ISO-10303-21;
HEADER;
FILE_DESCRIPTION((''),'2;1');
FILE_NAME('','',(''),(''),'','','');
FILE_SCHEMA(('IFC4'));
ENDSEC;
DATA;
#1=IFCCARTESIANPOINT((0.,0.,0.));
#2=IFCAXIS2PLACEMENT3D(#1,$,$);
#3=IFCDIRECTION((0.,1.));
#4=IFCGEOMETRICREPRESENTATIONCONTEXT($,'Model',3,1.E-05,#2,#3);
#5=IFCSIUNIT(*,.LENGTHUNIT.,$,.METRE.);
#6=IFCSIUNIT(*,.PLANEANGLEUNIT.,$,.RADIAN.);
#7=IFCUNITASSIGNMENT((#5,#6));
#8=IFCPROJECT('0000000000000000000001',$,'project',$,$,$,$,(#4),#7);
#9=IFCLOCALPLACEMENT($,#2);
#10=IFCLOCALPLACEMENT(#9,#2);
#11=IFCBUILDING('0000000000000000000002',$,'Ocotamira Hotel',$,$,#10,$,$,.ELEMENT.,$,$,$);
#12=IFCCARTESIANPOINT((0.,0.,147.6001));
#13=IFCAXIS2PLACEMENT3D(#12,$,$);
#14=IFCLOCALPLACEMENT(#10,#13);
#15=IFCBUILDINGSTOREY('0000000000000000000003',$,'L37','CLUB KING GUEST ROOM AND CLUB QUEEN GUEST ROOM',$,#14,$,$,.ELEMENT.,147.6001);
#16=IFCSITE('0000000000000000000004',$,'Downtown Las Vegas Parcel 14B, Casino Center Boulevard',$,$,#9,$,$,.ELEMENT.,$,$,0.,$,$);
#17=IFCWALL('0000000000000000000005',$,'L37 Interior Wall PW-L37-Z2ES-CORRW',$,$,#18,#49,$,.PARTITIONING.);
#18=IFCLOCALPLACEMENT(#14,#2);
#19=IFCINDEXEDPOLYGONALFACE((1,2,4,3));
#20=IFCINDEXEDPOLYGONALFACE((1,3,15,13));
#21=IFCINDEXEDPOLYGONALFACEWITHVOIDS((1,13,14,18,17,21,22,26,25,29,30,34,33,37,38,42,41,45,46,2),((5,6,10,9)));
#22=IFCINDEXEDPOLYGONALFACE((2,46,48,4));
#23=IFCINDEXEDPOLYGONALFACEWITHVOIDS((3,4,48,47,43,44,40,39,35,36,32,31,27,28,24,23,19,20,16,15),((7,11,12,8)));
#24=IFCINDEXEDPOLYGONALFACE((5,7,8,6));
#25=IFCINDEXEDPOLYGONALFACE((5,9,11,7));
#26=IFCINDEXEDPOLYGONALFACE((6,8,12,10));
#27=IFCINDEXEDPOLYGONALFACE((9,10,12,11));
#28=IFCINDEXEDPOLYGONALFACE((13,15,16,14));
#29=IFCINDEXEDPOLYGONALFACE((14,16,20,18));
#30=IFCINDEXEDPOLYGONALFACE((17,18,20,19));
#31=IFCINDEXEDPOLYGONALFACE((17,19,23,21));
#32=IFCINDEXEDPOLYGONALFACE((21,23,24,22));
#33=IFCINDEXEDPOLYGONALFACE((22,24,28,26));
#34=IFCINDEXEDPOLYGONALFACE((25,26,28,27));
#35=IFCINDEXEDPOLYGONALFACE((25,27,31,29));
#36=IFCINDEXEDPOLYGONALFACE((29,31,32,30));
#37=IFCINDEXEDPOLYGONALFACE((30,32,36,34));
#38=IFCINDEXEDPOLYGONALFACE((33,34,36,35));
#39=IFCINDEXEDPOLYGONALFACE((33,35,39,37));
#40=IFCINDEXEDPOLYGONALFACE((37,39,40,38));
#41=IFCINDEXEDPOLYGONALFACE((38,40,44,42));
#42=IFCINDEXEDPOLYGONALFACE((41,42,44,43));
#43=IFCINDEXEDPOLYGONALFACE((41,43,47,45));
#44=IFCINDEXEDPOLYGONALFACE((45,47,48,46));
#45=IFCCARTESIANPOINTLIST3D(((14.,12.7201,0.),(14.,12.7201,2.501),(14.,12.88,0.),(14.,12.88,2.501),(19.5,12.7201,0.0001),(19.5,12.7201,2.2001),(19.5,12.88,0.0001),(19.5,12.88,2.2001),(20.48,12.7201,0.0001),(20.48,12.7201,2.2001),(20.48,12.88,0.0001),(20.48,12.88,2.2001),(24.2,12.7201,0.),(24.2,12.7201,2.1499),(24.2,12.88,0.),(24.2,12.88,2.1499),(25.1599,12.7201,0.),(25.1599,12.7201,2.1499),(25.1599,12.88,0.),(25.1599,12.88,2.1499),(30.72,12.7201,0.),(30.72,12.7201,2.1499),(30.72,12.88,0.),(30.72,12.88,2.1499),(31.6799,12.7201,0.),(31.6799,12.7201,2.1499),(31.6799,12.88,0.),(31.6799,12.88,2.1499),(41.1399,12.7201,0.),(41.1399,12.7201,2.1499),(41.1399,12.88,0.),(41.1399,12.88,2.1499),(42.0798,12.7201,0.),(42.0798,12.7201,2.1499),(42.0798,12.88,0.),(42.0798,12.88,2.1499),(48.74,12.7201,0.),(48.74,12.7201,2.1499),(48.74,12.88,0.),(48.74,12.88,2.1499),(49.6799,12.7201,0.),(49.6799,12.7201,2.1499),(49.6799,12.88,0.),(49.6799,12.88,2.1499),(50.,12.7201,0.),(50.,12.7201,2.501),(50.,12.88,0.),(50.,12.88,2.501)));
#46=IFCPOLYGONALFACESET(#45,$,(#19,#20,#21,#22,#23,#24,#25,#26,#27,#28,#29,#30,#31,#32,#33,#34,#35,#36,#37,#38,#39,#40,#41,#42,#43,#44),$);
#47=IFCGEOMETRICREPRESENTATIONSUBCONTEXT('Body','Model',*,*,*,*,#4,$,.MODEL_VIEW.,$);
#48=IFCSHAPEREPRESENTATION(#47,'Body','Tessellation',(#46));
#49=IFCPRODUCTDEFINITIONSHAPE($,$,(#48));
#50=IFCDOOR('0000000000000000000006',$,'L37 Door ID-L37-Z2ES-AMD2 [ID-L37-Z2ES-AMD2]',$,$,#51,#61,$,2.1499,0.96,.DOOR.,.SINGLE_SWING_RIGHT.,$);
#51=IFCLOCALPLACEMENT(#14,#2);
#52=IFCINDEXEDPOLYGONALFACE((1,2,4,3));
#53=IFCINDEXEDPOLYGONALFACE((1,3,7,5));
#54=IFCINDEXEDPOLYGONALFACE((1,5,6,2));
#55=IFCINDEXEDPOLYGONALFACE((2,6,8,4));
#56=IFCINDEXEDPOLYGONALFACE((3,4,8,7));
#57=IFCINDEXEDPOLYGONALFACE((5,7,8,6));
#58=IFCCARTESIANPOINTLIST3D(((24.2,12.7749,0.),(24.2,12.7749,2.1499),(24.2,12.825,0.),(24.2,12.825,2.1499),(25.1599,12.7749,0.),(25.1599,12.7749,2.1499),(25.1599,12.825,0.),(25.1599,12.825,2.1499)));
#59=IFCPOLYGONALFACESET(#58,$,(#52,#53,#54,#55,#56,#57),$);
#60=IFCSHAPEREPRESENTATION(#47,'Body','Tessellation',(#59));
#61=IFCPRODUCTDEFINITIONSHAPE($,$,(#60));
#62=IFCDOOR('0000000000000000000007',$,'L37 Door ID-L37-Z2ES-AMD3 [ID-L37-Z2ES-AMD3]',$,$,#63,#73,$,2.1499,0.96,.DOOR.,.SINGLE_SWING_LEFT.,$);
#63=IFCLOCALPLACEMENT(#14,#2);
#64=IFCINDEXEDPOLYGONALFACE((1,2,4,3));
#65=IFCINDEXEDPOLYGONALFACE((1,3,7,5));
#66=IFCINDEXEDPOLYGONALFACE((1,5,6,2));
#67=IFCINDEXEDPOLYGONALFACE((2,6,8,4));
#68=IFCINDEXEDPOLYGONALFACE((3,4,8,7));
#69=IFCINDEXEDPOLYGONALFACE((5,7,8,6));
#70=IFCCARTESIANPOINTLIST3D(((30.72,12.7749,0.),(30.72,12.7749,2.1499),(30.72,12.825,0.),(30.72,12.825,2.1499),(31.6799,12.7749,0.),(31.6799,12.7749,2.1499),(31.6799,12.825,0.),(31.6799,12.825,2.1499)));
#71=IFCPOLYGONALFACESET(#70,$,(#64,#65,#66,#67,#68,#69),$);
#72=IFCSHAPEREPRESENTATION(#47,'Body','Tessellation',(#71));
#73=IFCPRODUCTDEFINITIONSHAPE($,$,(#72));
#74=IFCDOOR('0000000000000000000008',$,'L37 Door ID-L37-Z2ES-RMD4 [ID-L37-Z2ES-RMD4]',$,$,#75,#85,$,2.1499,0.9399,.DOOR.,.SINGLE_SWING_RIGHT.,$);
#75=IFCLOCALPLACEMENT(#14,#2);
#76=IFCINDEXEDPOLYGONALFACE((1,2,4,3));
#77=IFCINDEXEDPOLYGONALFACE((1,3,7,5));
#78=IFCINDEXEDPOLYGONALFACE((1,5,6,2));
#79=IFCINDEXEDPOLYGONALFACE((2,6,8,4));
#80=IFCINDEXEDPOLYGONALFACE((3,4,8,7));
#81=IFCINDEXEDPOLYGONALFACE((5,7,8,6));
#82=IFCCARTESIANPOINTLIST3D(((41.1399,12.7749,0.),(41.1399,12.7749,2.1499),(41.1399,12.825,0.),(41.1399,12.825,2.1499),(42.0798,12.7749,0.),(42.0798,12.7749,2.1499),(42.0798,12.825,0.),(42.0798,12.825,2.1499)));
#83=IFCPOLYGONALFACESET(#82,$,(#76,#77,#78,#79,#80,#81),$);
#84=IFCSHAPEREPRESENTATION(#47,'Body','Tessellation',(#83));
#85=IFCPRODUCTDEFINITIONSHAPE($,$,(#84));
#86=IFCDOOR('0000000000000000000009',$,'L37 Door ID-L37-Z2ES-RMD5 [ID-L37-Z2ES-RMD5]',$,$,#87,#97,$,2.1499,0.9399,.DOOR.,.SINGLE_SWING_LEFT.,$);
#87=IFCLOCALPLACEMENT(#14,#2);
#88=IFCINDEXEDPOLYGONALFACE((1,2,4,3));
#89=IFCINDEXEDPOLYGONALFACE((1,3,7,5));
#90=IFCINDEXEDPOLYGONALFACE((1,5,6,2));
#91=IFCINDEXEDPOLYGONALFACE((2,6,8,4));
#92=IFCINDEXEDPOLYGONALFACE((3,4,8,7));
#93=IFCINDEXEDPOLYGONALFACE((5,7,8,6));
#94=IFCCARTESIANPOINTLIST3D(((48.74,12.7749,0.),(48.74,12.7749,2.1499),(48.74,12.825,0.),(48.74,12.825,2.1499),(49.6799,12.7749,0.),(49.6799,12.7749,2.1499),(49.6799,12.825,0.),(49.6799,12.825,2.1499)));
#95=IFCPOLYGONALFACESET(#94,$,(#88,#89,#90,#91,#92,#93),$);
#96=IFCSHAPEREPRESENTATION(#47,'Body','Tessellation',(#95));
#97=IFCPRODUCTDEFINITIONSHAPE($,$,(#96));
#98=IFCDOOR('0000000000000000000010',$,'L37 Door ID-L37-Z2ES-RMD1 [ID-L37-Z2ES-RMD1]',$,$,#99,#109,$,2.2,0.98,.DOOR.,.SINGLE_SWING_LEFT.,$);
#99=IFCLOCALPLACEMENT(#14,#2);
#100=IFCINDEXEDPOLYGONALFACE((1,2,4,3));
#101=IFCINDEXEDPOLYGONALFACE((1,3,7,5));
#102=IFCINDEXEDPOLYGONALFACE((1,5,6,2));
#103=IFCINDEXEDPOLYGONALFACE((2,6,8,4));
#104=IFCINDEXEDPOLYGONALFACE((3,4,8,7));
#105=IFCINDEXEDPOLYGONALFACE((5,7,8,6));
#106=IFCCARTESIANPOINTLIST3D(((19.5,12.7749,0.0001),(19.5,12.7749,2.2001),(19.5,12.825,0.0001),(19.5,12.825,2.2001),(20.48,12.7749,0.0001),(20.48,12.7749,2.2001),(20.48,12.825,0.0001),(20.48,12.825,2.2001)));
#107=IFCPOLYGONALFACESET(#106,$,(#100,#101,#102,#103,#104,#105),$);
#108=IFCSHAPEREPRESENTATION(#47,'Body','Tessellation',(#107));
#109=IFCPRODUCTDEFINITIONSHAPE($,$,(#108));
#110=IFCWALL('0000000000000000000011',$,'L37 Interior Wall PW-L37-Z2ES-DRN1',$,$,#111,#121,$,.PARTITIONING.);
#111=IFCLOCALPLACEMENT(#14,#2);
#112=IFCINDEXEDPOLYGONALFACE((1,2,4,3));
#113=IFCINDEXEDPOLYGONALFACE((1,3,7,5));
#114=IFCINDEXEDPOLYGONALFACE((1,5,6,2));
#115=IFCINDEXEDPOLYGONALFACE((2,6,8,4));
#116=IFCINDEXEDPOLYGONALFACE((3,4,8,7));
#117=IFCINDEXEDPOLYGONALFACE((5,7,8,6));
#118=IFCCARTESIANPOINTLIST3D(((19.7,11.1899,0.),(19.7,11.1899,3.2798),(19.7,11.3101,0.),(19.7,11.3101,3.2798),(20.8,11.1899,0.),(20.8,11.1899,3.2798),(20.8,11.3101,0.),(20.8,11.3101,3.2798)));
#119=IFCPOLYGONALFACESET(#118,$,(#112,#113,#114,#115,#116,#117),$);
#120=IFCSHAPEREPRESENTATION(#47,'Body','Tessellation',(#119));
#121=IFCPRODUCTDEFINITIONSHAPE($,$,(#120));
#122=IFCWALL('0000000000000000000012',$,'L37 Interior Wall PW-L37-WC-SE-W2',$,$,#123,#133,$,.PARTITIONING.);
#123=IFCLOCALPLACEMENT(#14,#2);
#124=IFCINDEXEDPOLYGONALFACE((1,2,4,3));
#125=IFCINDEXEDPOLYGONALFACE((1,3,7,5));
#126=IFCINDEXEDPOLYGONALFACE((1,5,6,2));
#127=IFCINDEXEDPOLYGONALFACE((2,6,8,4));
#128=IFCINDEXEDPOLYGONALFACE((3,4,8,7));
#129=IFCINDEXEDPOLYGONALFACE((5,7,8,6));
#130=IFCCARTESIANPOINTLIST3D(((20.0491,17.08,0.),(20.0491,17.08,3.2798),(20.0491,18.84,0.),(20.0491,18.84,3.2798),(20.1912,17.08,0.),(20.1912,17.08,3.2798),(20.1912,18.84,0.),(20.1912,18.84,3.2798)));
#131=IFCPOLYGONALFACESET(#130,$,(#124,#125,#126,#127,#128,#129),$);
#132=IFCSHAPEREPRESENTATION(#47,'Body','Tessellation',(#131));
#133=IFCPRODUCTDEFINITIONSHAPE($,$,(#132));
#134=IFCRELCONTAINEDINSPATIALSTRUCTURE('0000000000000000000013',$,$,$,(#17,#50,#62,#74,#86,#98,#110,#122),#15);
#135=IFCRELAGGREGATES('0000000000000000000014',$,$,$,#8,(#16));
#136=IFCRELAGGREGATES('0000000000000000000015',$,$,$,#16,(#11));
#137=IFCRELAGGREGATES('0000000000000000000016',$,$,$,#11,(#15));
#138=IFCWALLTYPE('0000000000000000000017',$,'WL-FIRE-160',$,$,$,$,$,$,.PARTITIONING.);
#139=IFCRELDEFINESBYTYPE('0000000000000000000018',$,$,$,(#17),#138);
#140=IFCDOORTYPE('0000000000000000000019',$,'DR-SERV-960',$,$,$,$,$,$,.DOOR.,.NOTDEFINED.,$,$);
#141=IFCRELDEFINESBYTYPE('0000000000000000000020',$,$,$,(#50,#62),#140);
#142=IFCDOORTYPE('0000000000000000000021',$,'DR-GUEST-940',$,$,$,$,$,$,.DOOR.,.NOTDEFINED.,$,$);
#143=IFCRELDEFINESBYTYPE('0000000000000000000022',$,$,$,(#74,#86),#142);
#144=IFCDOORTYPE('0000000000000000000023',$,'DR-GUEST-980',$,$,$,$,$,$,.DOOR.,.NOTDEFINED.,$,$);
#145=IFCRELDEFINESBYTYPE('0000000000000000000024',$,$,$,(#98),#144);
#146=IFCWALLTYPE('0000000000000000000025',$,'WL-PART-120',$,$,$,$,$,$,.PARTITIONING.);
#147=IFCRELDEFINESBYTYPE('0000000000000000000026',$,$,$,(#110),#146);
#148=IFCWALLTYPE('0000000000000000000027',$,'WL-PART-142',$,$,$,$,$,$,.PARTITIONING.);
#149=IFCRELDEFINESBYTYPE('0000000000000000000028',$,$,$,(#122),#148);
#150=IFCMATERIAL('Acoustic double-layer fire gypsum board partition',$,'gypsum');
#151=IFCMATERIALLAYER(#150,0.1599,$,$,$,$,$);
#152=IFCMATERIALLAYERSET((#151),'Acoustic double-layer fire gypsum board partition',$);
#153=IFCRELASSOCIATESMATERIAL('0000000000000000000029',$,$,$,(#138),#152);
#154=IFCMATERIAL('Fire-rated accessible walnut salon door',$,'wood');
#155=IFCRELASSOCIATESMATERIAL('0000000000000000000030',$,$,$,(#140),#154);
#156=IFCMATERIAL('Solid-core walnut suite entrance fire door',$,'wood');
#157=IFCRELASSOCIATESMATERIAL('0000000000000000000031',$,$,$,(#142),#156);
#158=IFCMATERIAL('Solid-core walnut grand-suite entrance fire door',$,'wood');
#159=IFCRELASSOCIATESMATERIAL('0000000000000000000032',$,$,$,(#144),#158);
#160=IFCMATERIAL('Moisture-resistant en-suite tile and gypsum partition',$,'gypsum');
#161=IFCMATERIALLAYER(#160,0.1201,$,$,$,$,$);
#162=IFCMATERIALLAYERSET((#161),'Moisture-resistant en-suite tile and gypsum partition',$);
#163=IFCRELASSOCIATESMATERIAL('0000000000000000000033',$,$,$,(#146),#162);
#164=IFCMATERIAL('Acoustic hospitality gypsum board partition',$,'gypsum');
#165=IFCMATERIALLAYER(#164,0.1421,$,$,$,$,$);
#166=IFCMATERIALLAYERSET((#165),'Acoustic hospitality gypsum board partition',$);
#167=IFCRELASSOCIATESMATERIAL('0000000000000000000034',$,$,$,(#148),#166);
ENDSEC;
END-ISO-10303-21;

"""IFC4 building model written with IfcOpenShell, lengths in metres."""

from ifc_helpers import new_model, si_unit, direction, frame, frame_2d, origin, place, context, subcontext, project, spatial, rectangle, extrude, source, transform, mapped, material, layer, layer_set, type_object, element, fill, save


model = new_model("IFC4")

# Units and contexts
model_context = context("Model", 3, precision=1e-05, world=origin(), true_north=direction((0.0, 1.0)))
body_context = subcontext(model_context, "Body", "Model", "MODEL_VIEW")
ifc_project = project(units=[si_unit("LENGTHUNIT", "METRE"), si_unit("PLANEANGLEUNIT", "RADIAN")], contexts=[model_context])

# Site, building, storey
site_placement = place(None, origin())
site = spatial("IfcSite", under=ifc_project, at=site_placement, Name="Downtown Las Vegas Parcel 14B, Casino Center Boulevard", CompositionType="ELEMENT", RefElevation=0.0)
building_placement = place(site_placement, origin())
building = spatial("IfcBuilding", under=site, at=building_placement, Name="Ocotamira Hotel", CompositionType="ELEMENT")
storey_placement = place(building_placement, frame((0.0, 0.0, 147.6001)))
storey = spatial("IfcBuildingStorey", under=building, at=storey_placement, Name="L37", Description="CLUB KING GUEST ROOM AND CLUB QUEEN GUEST ROOM", CompositionType="ELEMENT", Elevation=147.6001)

# Wall, openings, doors
ifc_material_1 = material(Name="Acoustic double-layer fire gypsum board partition", Category="gypsum")
ifc_layer_1 = layer(ifc_material_1, 0.1599)
ifc_layer_set_1 = layer_set([ifc_layer_1], Name="Acoustic double-layer fire gypsum board partition")
wall_type_1 = type_object("IfcWallType", Name="WL-FIRE-160", PredefinedType="PARTITIONING", material=ifc_layer_set_1)
wall_1_placement = place(storey_placement, frame((14.0, 12.8, 0.0), z_axis=(0.0, 0.0, 1.0), x_axis=(1.0, 0.0, 0.0)))
wall_1 = element("IfcWall", 1, at=wall_1_placement, inside=storey, type_object=wall_type_1, Name="L37 Interior Wall PW-L37-Z2ES-CORRW", PredefinedType="PARTITIONING", context=body_context, shape_type="SweptSolid", body=[
    extrude(rectangle(XDim=36.0, YDim=0.1599, at=frame_2d((18.0, 0.0))), origin(), (0.0, 0.0, 1.0), 2.501),
])
opening_1_placement = place(wall_1_placement, frame((5.5, 0.0, 0.0)))
opening_1 = element("IfcOpeningElement", 2, at=opening_1_placement, cuts=wall_1, PredefinedType="OPENING", context=body_context, shape_type="SweptSolid", body=[
    extrude(rectangle(XDim=0.98, YDim=2.2, at=frame_2d((0.49, 1.1001))), frame((0.0, 0.0898, 0.0), z_axis=(0.0, -1.0, 0.0), x_axis=(1.0, 0.0, 0.0)), (0.0, 0.0, 1.0), 0.1799),
])
opening_2_placement = place(wall_1_placement, frame((10.2, 0.0, 0.0)))
opening_2 = element("IfcOpeningElement", 3, at=opening_2_placement, cuts=wall_1, PredefinedType="OPENING", context=body_context, shape_type="SweptSolid", body=[
    extrude(rectangle(XDim=0.96, YDim=2.1499, at=frame_2d((0.48, 1.075))), frame((0.0, 0.0898, 0.0), z_axis=(0.0, -1.0, 0.0), x_axis=(1.0, 0.0, 0.0)), (0.0, 0.0, 1.0), 0.1799),
])
opening_3_placement = place(wall_1_placement, frame((16.72, 0.0, 0.0)))
opening_3 = element("IfcOpeningElement", 4, at=opening_3_placement, cuts=wall_1, PredefinedType="OPENING", context=body_context, shape_type="SweptSolid", body=[
    extrude(rectangle(XDim=0.96, YDim=2.1499, at=frame_2d((0.48, 1.075))), frame((0.0, 0.0898, 0.0), z_axis=(0.0, -1.0, 0.0), x_axis=(1.0, 0.0, 0.0)), (0.0, 0.0, 1.0), 0.1799),
])
opening_4_placement = place(wall_1_placement, frame((27.1399, 0.0, 0.0)))
opening_4 = element("IfcOpeningElement", 5, at=opening_4_placement, cuts=wall_1, PredefinedType="OPENING", context=body_context, shape_type="SweptSolid", body=[
    extrude(rectangle(XDim=0.9399, YDim=2.1499, at=frame_2d((0.47, 1.075))), frame((0.0, 0.0898, 0.0), z_axis=(0.0, -1.0, 0.0), x_axis=(1.0, 0.0, 0.0)), (0.0, 0.0, 1.0), 0.1799),
])
opening_5_placement = place(wall_1_placement, frame((34.74, 0.0, 0.0)))
opening_5 = element("IfcOpeningElement", 6, at=opening_5_placement, cuts=wall_1, PredefinedType="OPENING", context=body_context, shape_type="SweptSolid", body=[
    extrude(rectangle(XDim=0.9399, YDim=2.1499, at=frame_2d((0.47, 1.075))), frame((0.0, 0.0898, 0.0), z_axis=(0.0, -1.0, 0.0), x_axis=(1.0, 0.0, 0.0)), (0.0, 0.0, 1.0), 0.1799),
])
ifc_material_2 = material(Name="Fire-rated accessible walnut salon door", Category="wood")
door_type_1 = type_object("IfcDoorType", Name="DR-SERV-960", OperationType="NOTDEFINED", PredefinedType="DOOR", material=ifc_material_2)
shared_shape_1 = source(origin(), body_context, "Body", "SweptSolid", [
    extrude(rectangle(XDim=0.96, YDim=2.1499, at=frame_2d((0.48, 1.075))), frame((0.0, 0.0249, 0.0), z_axis=(0.0, -1.0, 0.0), x_axis=(1.0, 0.0, 0.0)), (0.0, 0.0, 1.0), 0.05),
])
door_1_placement = place(opening_2_placement, origin())
door_1 = element("IfcDoor", 7, at=door_1_placement, inside=storey, type_object=door_type_1, Name="L37 Door ID-L37-Z2ES-AMD2 [ID-L37-Z2ES-AMD2]", OperationType="SINGLE_SWING_RIGHT", OverallHeight=2.1499, OverallWidth=0.96, PredefinedType="DOOR", context=body_context, shape_type="MappedRepresentation", body=[
    mapped(shared_shape_1, transform((0.0, 0.0, 0.0), scale=1.0)),
])
fill(opening_2, door_1)
door_2_placement = place(opening_3_placement, origin())
door_2 = element("IfcDoor", 8, at=door_2_placement, inside=storey, type_object=door_type_1, Name="L37 Door ID-L37-Z2ES-AMD3 [ID-L37-Z2ES-AMD3]", OperationType="SINGLE_SWING_LEFT", OverallHeight=2.1499, OverallWidth=0.96, PredefinedType="DOOR", context=body_context, shape_type="MappedRepresentation", body=[
    mapped(shared_shape_1, transform((0.0, 0.0, 0.0), scale=1.0)),
])
fill(opening_3, door_2)
ifc_material_3 = material(Name="Solid-core walnut suite entrance fire door", Category="wood")
door_type_2 = type_object("IfcDoorType", Name="DR-GUEST-940", OperationType="NOTDEFINED", PredefinedType="DOOR", material=ifc_material_3)
shared_shape_2 = source(origin(), body_context, "Body", "SweptSolid", [
    extrude(rectangle(XDim=0.9399, YDim=2.1499, at=frame_2d((0.47, 1.075))), frame((0.0, 0.0249, 0.0), z_axis=(0.0, -1.0, 0.0), x_axis=(1.0, 0.0, 0.0)), (0.0, 0.0, 1.0), 0.05),
])
door_3_placement = place(opening_4_placement, origin())
door_3 = element("IfcDoor", 9, at=door_3_placement, inside=storey, type_object=door_type_2, Name="L37 Door ID-L37-Z2ES-RMD4 [ID-L37-Z2ES-RMD4]", OperationType="SINGLE_SWING_RIGHT", OverallHeight=2.1499, OverallWidth=0.9399, PredefinedType="DOOR", context=body_context, shape_type="MappedRepresentation", body=[
    mapped(shared_shape_2, transform((0.0, 0.0, 0.0), scale=1.0)),
])
fill(opening_4, door_3)
door_4_placement = place(opening_5_placement, origin())
door_4 = element("IfcDoor", 10, at=door_4_placement, inside=storey, type_object=door_type_2, Name="L37 Door ID-L37-Z2ES-RMD5 [ID-L37-Z2ES-RMD5]", OperationType="SINGLE_SWING_LEFT", OverallHeight=2.1499, OverallWidth=0.9399, PredefinedType="DOOR", context=body_context, shape_type="MappedRepresentation", body=[
    mapped(shared_shape_2, transform((0.0, 0.0, 0.0), scale=1.0)),
])
fill(opening_5, door_4)
ifc_material_4 = material(Name="Solid-core walnut grand-suite entrance fire door", Category="wood")
door_type_3 = type_object("IfcDoorType", Name="DR-GUEST-980", OperationType="NOTDEFINED", PredefinedType="DOOR", material=ifc_material_4)
shared_shape_3 = source(origin(), body_context, "Body", "SweptSolid", [
    extrude(rectangle(XDim=0.98, YDim=2.2, at=frame_2d((0.49, 1.1001))), frame((0.0, 0.0249, 0.0), z_axis=(0.0, -1.0, 0.0), x_axis=(1.0, 0.0, 0.0)), (0.0, 0.0, 1.0), 0.05),
])
door_5_placement = place(opening_1_placement, origin())
door_5 = element("IfcDoor", 11, at=door_5_placement, inside=storey, type_object=door_type_3, Name="L37 Door ID-L37-Z2ES-RMD1 [ID-L37-Z2ES-RMD1]", OperationType="SINGLE_SWING_LEFT", OverallHeight=2.2, OverallWidth=0.98, PredefinedType="DOOR", context=body_context, shape_type="MappedRepresentation", body=[
    mapped(shared_shape_3, transform((0.0, 0.0, 0.0), scale=1.0)),
])
fill(opening_1, door_5)

# Walls
ifc_material_5 = material(Name="Moisture-resistant en-suite tile and gypsum partition", Category="gypsum")
ifc_layer_2 = layer(ifc_material_5, 0.1201)
ifc_layer_set_2 = layer_set([ifc_layer_2], Name="Moisture-resistant en-suite tile and gypsum partition")
wall_type_2 = type_object("IfcWallType", Name="WL-PART-120", PredefinedType="PARTITIONING", material=ifc_layer_set_2)
wall_2_placement = place(storey_placement, frame((19.7, 11.25, 0.0), z_axis=(0.0, 0.0, 1.0), x_axis=(1.0, 0.0, 0.0)))
element("IfcWall", 12, at=wall_2_placement, inside=storey, type_object=wall_type_2, Name="L37 Interior Wall PW-L37-Z2ES-DRN1", PredefinedType="PARTITIONING", context=body_context, shape_type="SweptSolid", body=[
    extrude(rectangle(XDim=1.1001, YDim=0.1201, at=frame_2d((0.55, 0.0))), origin(), (0.0, 0.0, 1.0), 3.2798),
])
ifc_material_6 = material(Name="Acoustic hospitality gypsum board partition", Category="gypsum")
ifc_layer_3 = layer(ifc_material_6, 0.1421)
ifc_layer_set_3 = layer_set([ifc_layer_3], Name="Acoustic hospitality gypsum board partition")
wall_type_3 = type_object("IfcWallType", Name="WL-PART-142", PredefinedType="PARTITIONING", material=ifc_layer_set_3)
wall_3_placement = place(storey_placement, frame((20.1201, 17.0801, 0.0), z_axis=(0.0, 0.0, 1.0), x_axis=(0.0, 1.0, 0.0)))
element("IfcWall", 13, at=wall_3_placement, inside=storey, type_object=wall_type_3, Name="L37 Interior Wall PW-L37-WC-SE-W2", PredefinedType="PARTITIONING", context=body_context, shape_type="SweptSolid", body=[
    extrude(rectangle(XDim=1.76, YDim=0.1421, at=frame_2d((0.8799, 0.0))), origin(), (0.0, 0.0, 1.0), 3.2798),
])

save(model, "model.ifc")
